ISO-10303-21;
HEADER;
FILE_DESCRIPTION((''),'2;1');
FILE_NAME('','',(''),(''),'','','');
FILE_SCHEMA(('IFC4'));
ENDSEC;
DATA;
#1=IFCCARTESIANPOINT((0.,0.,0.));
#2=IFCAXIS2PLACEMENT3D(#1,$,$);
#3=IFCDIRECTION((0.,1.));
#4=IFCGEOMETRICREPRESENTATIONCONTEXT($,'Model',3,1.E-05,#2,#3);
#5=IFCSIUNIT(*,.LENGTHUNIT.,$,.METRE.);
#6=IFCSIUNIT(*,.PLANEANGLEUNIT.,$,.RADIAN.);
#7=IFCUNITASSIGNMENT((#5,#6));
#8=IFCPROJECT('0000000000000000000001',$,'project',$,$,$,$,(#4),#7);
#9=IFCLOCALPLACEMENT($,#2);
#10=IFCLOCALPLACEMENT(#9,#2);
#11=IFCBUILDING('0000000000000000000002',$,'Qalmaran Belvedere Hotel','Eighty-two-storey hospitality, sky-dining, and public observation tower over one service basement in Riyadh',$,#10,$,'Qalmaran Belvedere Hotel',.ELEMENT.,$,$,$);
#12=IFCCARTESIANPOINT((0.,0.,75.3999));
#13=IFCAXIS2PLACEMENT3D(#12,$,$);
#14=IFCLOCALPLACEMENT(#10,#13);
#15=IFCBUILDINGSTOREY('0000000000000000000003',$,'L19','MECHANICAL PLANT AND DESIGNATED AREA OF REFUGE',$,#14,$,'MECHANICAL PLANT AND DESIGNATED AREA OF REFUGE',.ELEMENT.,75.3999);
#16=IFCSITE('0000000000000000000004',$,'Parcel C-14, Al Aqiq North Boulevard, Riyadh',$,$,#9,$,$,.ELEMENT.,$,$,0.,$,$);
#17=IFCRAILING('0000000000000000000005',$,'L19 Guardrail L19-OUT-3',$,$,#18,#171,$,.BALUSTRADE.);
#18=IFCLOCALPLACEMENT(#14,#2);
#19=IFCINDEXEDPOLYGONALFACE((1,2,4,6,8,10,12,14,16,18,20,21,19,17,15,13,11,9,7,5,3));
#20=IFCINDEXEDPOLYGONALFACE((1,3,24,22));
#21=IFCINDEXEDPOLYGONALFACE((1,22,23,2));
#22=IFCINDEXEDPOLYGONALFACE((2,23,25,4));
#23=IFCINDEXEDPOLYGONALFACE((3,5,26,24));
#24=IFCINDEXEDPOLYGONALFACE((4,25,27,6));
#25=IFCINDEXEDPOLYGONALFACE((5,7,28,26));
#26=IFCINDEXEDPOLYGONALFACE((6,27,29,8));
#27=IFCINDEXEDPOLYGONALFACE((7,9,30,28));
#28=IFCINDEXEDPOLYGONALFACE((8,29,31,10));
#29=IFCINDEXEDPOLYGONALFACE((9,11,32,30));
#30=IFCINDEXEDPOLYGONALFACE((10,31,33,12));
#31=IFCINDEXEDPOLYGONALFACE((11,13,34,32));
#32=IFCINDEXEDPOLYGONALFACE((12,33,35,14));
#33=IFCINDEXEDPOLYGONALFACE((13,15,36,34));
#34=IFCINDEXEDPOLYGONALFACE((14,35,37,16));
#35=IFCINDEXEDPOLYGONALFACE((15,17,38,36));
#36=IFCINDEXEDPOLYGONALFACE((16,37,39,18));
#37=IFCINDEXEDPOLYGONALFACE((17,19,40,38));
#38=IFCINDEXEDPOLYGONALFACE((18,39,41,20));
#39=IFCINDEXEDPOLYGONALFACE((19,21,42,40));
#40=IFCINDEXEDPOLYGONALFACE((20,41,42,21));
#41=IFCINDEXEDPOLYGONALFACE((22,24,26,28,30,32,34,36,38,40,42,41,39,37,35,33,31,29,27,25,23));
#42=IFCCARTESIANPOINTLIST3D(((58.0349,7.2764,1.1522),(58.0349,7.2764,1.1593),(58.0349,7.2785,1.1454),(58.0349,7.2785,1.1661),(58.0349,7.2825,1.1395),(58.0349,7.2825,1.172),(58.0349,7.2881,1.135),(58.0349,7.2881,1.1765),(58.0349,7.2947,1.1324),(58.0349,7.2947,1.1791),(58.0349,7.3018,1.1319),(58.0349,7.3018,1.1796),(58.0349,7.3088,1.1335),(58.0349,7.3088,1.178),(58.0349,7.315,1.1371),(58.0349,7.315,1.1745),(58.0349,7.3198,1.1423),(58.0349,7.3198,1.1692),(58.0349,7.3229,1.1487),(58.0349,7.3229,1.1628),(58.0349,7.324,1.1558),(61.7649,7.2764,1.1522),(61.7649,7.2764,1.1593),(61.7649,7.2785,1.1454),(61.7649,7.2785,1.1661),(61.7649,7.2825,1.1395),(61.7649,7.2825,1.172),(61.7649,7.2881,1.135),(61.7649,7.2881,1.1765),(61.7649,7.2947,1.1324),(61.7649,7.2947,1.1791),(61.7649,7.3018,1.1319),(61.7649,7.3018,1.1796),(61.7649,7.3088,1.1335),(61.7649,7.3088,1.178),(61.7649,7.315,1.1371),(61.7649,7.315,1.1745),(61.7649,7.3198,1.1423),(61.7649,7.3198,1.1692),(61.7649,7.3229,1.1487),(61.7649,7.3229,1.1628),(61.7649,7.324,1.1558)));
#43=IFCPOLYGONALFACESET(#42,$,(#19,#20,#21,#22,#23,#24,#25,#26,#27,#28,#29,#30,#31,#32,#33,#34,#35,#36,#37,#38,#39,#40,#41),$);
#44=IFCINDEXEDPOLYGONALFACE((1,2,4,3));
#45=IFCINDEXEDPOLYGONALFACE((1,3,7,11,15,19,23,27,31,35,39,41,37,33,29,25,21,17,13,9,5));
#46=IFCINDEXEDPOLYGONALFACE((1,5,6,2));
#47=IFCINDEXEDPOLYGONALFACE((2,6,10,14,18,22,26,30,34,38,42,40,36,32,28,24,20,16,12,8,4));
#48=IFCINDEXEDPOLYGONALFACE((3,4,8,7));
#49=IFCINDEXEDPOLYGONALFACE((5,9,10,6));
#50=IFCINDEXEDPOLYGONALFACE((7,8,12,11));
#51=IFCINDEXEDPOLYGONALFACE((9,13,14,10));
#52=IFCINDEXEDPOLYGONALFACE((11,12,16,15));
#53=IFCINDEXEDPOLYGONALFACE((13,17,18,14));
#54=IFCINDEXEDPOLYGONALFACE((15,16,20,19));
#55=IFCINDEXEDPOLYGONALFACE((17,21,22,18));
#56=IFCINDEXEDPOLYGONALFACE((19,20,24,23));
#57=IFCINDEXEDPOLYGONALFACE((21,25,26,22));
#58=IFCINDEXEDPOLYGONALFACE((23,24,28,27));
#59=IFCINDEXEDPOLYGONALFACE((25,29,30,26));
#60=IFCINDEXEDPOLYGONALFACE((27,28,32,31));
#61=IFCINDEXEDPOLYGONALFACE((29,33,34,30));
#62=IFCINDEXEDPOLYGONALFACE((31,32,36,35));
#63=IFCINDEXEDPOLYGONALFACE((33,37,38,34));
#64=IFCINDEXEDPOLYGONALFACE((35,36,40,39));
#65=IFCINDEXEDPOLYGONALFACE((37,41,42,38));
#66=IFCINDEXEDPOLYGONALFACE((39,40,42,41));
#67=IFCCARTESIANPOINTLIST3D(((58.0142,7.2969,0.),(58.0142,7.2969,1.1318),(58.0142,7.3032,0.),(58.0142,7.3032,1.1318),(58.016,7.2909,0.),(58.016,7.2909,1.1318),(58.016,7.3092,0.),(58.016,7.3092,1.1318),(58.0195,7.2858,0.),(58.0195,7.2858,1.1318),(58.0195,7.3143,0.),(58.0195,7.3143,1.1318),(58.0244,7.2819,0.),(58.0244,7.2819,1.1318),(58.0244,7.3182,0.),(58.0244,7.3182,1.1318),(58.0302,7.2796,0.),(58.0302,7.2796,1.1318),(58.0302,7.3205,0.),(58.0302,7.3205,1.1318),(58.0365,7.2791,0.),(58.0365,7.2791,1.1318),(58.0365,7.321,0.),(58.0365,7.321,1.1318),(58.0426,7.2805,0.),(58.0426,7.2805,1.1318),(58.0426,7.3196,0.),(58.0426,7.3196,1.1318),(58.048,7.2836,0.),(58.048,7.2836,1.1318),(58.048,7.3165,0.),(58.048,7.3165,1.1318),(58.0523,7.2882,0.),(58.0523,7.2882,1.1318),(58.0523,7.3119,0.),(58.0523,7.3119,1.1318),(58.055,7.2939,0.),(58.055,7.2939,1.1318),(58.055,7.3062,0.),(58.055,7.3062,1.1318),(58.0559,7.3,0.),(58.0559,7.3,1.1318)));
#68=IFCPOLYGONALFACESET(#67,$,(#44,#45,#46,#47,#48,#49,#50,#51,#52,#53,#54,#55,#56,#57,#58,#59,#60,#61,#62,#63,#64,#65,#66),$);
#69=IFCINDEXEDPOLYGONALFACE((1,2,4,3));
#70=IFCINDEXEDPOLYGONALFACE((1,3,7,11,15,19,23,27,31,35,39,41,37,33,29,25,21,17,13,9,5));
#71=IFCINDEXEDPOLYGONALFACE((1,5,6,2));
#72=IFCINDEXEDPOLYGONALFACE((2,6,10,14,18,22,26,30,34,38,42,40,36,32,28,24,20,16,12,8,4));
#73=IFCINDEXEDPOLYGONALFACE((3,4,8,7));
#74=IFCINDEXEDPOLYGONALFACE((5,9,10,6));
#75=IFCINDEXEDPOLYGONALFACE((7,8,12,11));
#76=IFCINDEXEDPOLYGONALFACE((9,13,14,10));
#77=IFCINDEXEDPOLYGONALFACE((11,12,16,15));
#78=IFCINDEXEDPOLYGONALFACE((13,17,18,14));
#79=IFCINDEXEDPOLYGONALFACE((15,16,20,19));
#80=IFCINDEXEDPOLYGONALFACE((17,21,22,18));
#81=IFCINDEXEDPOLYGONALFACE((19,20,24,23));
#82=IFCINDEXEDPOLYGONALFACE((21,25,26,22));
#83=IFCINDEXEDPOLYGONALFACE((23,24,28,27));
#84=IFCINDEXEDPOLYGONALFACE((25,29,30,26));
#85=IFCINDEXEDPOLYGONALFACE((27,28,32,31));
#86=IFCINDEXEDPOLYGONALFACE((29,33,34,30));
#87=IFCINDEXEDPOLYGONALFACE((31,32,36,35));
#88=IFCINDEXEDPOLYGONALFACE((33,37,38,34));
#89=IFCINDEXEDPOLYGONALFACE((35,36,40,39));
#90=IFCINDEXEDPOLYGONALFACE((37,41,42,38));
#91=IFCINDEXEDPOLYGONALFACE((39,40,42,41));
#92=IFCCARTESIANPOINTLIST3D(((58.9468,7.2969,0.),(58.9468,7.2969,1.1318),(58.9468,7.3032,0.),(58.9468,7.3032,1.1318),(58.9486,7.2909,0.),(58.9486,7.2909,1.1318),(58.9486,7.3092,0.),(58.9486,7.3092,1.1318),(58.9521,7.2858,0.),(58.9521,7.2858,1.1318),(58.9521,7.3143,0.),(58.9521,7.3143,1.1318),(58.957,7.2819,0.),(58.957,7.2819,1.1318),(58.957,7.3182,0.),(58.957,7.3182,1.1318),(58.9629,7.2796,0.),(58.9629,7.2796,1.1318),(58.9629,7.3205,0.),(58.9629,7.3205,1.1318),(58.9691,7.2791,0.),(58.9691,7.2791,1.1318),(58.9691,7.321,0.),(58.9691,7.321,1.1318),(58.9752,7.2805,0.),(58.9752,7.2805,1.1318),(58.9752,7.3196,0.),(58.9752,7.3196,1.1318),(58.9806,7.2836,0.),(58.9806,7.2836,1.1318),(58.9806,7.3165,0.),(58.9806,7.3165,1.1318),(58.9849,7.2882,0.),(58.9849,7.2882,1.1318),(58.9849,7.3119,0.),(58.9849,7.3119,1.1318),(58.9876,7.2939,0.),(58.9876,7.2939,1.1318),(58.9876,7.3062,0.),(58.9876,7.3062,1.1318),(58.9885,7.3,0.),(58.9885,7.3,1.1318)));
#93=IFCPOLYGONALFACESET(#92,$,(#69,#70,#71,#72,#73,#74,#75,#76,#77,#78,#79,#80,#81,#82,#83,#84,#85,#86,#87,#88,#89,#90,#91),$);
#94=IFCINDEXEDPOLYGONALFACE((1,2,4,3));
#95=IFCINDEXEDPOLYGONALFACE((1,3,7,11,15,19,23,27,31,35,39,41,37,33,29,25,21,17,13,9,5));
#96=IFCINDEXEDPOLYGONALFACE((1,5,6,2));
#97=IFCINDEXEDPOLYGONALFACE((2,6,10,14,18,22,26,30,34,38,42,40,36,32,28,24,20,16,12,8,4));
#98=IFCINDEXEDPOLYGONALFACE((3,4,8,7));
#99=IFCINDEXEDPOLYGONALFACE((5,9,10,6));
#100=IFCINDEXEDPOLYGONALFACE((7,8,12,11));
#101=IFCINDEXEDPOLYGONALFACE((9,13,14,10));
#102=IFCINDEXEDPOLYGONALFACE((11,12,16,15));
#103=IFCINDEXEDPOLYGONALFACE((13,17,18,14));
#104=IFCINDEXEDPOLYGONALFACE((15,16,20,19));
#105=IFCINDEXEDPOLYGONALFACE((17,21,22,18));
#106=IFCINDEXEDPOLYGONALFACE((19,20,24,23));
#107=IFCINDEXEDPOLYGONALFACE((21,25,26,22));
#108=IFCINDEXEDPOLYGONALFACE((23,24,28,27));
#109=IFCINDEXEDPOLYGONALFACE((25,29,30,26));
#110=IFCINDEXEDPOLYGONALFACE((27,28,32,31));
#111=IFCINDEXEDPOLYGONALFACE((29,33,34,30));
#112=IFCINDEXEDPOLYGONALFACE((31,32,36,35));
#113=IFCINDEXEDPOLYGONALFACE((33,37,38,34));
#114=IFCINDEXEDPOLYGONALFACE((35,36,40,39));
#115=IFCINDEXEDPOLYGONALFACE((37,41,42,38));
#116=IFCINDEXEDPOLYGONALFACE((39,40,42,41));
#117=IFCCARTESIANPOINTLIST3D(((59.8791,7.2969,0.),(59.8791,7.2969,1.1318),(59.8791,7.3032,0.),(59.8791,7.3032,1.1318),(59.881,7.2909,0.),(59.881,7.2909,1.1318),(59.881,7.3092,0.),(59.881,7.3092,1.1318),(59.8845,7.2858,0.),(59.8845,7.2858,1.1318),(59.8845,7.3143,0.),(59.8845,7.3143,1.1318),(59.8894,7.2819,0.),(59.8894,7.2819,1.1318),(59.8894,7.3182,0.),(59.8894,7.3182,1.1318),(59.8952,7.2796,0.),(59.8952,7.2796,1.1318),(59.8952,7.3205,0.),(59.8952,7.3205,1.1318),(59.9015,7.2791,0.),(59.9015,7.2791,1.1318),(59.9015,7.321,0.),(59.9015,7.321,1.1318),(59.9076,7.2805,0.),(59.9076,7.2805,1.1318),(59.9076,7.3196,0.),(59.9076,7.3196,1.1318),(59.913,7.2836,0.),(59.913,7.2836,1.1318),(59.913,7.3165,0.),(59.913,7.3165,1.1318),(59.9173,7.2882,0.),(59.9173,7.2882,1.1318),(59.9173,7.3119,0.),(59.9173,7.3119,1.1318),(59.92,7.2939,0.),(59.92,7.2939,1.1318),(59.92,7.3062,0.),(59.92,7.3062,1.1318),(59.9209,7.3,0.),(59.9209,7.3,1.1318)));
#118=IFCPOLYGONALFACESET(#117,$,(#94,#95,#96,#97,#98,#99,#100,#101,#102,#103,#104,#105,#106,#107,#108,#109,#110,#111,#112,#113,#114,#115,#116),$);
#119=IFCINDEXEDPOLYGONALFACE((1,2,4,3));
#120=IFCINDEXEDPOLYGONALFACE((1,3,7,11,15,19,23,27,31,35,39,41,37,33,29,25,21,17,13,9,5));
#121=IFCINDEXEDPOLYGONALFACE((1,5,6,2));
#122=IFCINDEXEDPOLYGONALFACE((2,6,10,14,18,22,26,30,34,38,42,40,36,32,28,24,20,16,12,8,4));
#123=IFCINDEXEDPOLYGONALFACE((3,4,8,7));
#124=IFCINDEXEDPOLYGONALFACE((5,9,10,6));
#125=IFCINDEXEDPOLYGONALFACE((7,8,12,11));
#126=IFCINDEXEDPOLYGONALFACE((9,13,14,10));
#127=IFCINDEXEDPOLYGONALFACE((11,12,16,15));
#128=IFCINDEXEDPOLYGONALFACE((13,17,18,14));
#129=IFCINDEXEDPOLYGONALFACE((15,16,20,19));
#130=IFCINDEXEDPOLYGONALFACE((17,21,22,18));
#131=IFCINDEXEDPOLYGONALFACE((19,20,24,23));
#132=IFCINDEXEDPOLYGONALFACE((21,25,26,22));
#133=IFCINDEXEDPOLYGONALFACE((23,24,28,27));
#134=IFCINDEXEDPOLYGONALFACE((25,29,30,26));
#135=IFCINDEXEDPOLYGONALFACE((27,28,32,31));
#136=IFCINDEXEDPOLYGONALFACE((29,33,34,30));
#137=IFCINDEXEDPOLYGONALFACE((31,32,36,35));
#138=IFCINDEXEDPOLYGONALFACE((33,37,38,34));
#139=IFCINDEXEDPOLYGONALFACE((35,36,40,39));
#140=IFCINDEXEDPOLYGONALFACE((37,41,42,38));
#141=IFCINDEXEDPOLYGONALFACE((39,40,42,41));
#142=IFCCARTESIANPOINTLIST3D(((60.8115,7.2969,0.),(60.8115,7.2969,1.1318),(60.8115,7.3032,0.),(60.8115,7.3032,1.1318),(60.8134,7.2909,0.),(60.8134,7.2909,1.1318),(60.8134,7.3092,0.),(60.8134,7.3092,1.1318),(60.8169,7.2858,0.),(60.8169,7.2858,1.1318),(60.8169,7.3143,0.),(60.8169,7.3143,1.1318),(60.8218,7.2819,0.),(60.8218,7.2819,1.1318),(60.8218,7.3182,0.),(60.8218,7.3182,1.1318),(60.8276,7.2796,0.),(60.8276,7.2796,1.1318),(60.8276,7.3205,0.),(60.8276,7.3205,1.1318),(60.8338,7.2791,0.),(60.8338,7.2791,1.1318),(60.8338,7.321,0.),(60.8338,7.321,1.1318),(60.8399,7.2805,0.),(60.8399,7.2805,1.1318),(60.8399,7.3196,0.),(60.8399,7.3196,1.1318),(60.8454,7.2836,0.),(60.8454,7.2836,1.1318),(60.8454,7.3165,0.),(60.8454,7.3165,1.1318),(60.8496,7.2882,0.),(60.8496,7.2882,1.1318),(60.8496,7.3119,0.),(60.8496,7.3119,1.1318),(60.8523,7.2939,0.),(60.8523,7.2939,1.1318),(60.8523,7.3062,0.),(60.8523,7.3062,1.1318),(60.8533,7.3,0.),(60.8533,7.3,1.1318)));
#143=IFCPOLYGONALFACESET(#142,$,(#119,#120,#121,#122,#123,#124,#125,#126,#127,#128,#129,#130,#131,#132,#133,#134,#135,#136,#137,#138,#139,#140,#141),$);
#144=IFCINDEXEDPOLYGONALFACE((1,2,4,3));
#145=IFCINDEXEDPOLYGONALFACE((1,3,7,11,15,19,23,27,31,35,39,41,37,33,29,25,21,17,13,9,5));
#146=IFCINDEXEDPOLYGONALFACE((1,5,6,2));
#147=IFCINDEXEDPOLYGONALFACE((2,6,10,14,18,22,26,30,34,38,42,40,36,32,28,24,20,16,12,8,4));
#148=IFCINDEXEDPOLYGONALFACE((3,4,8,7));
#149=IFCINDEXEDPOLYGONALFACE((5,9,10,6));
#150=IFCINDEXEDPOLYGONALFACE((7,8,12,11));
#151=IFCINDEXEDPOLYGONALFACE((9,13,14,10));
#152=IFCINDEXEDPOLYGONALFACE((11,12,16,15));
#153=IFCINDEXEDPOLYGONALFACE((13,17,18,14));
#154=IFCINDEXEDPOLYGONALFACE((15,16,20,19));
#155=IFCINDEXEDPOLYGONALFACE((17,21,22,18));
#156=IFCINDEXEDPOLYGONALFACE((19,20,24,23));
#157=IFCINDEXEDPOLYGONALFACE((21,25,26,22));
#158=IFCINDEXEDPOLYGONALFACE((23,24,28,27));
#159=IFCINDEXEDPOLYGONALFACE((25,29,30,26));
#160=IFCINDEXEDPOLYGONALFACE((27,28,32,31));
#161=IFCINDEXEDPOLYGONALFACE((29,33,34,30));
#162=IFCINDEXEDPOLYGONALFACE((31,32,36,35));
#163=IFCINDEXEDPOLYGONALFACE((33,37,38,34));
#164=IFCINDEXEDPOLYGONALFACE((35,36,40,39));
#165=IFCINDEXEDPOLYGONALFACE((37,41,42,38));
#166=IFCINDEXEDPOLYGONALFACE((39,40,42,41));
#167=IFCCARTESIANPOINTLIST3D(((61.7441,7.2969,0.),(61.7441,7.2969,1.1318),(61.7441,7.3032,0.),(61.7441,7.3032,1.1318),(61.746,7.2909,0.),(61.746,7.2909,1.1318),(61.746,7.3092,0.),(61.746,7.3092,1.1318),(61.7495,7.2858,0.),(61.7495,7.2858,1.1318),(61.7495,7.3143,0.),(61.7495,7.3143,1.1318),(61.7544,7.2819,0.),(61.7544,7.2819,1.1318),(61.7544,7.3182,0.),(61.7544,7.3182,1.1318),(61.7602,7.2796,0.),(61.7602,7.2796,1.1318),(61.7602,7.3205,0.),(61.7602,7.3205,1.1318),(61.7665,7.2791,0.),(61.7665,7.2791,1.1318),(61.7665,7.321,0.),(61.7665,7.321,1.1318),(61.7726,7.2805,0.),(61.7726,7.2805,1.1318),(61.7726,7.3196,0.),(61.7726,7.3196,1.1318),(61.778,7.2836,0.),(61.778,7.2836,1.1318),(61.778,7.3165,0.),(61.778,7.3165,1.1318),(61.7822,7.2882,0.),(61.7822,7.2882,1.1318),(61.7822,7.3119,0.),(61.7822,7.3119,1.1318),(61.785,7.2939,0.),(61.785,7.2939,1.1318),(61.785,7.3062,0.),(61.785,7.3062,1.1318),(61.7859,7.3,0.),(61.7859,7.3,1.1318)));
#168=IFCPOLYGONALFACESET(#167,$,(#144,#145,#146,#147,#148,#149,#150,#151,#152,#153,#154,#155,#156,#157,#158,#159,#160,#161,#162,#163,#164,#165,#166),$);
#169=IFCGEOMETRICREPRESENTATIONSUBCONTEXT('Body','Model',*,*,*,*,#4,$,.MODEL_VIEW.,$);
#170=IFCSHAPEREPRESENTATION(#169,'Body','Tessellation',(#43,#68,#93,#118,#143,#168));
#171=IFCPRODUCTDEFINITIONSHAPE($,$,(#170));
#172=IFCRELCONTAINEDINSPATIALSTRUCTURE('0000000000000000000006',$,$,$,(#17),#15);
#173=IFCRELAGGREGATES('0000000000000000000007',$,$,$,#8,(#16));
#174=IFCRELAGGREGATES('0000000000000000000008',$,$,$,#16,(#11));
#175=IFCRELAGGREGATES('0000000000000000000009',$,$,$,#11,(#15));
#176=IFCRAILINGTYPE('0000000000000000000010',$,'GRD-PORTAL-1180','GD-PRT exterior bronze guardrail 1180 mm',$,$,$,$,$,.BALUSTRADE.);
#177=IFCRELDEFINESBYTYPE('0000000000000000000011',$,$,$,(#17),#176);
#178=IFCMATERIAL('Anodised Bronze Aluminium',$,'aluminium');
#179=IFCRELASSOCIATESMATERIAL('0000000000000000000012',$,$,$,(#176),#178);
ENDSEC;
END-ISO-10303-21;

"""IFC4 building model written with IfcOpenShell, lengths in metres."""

from ifc_helpers import new_model, si_unit, direction, frame, origin, origin_2d, place, context, subcontext, project, spatial, circle, extrude, material, type_object, element, save


model = new_model("IFC4")

# Units and contexts
model_context = context("Model", 3, precision=1e-05, world=origin(), true_north=direction((0.0, 1.0)))
body_context = subcontext(model_context, "Body", "Model", "MODEL_VIEW")
ifc_project = project(units=[si_unit("LENGTHUNIT", "METRE"), si_unit("PLANEANGLEUNIT", "RADIAN")], contexts=[model_context])

# Site, building, storey
site_placement = place(None, origin())
site = spatial("IfcSite", under=ifc_project, at=site_placement, Name="Parcel C-14, Al Aqiq North Boulevard, Riyadh", CompositionType="ELEMENT", RefElevation=0.0)
building_placement = place(site_placement, origin())
building = spatial("IfcBuilding", under=site, at=building_placement, Name="Qalmaran Belvedere Hotel", Description="Eighty-two-storey hospitality, sky-dining, and public observation tower over one service basement in Riyadh", LongName="Qalmaran Belvedere Hotel", CompositionType="ELEMENT")
storey_placement = place(building_placement, frame((0.0, 0.0, 75.3999)))
storey = spatial("IfcBuildingStorey", under=building, at=storey_placement, Name="L19", Description="MECHANICAL PLANT AND DESIGNATED AREA OF REFUGE", LongName="MECHANICAL PLANT AND DESIGNATED AREA OF REFUGE", CompositionType="ELEMENT", Elevation=75.3999)

# Railing
ifc_material_1 = material(Name="Anodised Bronze Aluminium", Category="aluminium")
railing_type_1 = type_object("IfcRailingType", Name="GRD-PORTAL-1180", Description="GD-PRT exterior bronze guardrail 1180 mm", PredefinedType="BALUSTRADE", material=ifc_material_1)
railing_1_placement = place(storey_placement, frame((58.0349, 7.3, 0.0)))
element("IfcRailing", 1, at=railing_1_placement, inside=storey, type_object=railing_type_1, Name="L19 Guardrail L19-OUT-3", PredefinedType="BALUSTRADE", context=body_context, shape_type="SweptSolid", body=[
    extrude(circle(Radius=0.0239, at=origin_2d()), frame((0.0, 0.0, 1.1558), z_axis=(1.0, 0.0, 0.0), x_axis=(0.0, 1.0, 0.0)), (0.0, 0.0, 1.0), 3.73),
    extrude(circle(Radius=0.021, at=origin_2d()), origin(), (0.0, 0.0, 1.0), 1.1318),
    extrude(circle(Radius=0.021, at=origin_2d()), frame((0.9326, 0.0, 0.0)), (0.0, 0.0, 1.0), 1.1318),
    extrude(circle(Radius=0.021, at=origin_2d()), frame((1.865, 0.0, 0.0)), (0.0, 0.0, 1.0), 1.1318),
    extrude(circle(Radius=0.021, at=origin_2d()), frame((2.7974, 0.0, 0.0)), (0.0, 0.0, 1.0), 1.1318),
    extrude(circle(Radius=0.021, at=origin_2d()), frame((3.73, 0.0, 0.0)), (0.0, 0.0, 1.0), 1.1318),
])

save(model, "model.ifc")
